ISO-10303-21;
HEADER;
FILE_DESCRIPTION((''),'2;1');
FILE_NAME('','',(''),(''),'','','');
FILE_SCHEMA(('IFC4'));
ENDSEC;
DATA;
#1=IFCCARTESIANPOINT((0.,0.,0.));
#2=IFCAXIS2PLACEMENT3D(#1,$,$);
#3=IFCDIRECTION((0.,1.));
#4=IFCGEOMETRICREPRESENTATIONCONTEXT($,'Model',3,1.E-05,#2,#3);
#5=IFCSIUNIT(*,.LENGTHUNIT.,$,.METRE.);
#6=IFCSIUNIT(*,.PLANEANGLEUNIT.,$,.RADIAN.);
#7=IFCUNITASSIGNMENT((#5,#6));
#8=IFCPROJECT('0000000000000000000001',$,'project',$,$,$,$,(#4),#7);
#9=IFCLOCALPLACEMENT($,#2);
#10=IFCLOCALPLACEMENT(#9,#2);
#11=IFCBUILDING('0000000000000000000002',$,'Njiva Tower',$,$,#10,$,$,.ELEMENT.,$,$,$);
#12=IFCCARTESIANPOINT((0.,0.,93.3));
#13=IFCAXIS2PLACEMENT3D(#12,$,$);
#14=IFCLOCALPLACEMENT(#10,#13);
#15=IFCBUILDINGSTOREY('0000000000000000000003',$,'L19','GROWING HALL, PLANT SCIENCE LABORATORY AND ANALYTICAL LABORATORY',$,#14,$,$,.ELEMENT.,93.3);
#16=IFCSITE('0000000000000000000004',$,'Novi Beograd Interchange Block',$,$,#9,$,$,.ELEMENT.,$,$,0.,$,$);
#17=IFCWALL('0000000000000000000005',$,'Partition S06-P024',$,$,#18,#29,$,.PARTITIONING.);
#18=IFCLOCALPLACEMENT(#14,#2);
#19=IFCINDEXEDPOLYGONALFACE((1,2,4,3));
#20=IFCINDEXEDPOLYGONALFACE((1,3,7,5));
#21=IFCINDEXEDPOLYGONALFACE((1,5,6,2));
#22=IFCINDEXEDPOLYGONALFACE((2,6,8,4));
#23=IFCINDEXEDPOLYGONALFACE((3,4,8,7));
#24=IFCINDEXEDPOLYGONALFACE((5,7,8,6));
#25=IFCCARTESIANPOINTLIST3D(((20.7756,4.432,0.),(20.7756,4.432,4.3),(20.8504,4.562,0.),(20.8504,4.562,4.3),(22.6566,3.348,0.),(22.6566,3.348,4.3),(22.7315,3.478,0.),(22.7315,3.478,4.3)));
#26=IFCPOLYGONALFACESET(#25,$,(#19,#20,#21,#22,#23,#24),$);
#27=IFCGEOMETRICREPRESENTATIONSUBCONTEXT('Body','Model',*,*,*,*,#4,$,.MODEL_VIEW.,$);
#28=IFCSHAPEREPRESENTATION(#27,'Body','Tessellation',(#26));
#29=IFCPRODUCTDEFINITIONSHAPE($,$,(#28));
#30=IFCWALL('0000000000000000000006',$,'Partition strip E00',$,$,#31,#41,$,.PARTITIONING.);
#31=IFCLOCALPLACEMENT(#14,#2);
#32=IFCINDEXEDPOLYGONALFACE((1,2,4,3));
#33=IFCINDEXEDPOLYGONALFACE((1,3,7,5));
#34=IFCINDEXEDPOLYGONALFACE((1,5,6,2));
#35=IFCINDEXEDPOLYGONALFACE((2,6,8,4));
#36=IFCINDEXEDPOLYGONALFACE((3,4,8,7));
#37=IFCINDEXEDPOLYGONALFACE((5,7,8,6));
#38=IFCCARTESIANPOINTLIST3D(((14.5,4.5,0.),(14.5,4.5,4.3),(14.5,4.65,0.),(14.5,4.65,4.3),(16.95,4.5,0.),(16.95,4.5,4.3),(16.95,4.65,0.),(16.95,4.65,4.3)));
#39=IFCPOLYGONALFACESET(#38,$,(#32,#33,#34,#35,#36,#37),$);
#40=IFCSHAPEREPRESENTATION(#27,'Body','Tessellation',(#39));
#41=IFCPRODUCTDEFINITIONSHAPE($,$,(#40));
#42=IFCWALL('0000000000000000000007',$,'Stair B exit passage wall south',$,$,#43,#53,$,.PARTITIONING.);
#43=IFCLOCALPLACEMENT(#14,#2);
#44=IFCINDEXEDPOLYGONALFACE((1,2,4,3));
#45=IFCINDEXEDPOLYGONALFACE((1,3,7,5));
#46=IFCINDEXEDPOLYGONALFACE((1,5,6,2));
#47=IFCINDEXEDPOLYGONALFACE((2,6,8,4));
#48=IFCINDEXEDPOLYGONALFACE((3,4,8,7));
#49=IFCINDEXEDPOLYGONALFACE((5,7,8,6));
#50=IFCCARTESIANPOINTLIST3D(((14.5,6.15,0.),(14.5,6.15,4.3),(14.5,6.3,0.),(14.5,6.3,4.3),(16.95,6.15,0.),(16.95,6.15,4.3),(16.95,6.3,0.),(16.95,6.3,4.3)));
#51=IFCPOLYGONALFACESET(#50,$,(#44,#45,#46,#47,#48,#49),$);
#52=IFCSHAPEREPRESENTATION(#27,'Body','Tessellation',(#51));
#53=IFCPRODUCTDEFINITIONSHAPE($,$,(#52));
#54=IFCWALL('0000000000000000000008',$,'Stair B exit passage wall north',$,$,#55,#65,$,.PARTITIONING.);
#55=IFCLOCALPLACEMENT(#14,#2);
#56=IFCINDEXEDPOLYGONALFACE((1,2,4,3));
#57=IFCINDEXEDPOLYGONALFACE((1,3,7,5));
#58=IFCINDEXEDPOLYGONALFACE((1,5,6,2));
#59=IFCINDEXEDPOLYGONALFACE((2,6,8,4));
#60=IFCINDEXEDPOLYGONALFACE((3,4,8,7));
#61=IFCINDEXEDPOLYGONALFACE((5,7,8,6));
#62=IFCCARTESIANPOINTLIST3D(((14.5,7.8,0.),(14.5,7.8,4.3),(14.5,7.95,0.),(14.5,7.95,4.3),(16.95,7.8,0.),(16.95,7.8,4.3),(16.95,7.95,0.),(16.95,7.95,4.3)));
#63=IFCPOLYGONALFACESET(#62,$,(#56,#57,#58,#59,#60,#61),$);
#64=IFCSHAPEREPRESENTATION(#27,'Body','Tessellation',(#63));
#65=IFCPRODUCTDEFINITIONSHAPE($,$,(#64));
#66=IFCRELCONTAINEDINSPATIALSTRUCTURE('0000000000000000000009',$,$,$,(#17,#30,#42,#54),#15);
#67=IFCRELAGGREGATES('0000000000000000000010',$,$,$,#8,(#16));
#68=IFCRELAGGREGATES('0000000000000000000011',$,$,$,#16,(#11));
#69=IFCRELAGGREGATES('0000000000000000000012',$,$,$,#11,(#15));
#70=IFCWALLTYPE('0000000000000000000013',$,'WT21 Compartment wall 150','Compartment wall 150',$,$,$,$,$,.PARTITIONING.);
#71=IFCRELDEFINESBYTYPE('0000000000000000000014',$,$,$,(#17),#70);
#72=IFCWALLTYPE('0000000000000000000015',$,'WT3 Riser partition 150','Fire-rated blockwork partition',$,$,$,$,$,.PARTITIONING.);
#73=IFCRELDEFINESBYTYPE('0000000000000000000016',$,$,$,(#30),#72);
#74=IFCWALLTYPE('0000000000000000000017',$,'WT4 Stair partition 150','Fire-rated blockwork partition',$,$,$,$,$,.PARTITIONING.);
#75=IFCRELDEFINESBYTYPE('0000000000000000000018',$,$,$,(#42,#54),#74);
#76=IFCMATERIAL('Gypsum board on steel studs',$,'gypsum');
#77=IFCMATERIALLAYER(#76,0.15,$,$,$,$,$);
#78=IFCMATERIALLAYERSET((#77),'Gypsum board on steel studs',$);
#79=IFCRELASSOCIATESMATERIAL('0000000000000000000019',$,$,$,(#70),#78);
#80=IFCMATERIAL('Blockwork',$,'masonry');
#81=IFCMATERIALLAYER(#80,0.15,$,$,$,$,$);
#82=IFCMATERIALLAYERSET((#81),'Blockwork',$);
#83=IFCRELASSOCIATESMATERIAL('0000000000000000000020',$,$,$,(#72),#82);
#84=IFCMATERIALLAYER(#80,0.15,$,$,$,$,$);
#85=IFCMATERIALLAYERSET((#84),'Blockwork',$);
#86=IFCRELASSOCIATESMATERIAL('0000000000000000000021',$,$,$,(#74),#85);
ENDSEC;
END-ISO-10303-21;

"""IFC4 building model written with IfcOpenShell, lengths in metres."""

from ifc_helpers import new_model, si_unit, direction, frame, frame_2d, origin, place, context, subcontext, project, spatial, rectangle, extrude, material, layer, layer_set, type_object, element, save


model = new_model("IFC4")

# Units and contexts
model_context = context("Model", 3, precision=1e-05, world=origin(), true_north=direction((0.0, 1.0)))
body_context = subcontext(model_context, "Body", "Model", "MODEL_VIEW")
ifc_project = project(units=[si_unit("LENGTHUNIT", "METRE"), si_unit("PLANEANGLEUNIT", "RADIAN")], contexts=[model_context])

# Site, building, storey
site_placement = place(None, origin())
site = spatial("IfcSite", under=ifc_project, at=site_placement, Name="Novi Beograd Interchange Block", CompositionType="ELEMENT", RefElevation=0.0)
building_placement = place(site_placement, origin())
building = spatial("IfcBuilding", under=site, at=building_placement, Name="Njiva Tower", CompositionType="ELEMENT")
storey_placement = place(building_placement, frame((0.0, 0.0, 93.3)))
storey = spatial("IfcBuildingStorey", under=building, at=storey_placement, Name="L19", Description="GROWING HALL, PLANT SCIENCE LABORATORY AND ANALYTICAL LABORATORY", CompositionType="ELEMENT", Elevation=93.3)

# Shared definitions
ifc_material_1 = material(Name="Blockwork", Category="masonry")

# Walls
ifc_material_2 = material(Name="Gypsum board on steel studs", Category="gypsum")
ifc_layer_1 = layer(ifc_material_2, 0.15)
ifc_layer_set_1 = layer_set([ifc_layer_1], Name="Gypsum board on steel studs")
wall_type_1 = type_object("IfcWallType", Name="WT21 Compartment wall 150", Description="Compartment wall 150", PredefinedType="PARTITIONING", material=ifc_layer_set_1)
wall_1_placement = place(storey_placement, frame((20.813, 4.497, 0.0), z_axis=(0.0, 0.0, 1.0), x_axis=(0.866423, -0.49931, 0.0)))
element("IfcWall", 1, at=wall_1_placement, inside=storey, type_object=wall_type_1, Name="Partition S06-P024", PredefinedType="PARTITIONING", context=body_context, shape_type="SweptSolid", body=[
    extrude(rectangle(XDim=2.171, YDim=0.15, at=frame_2d((1.0855, 0.0))), origin(), (0.0, 0.0, 1.0), 4.3),
])
ifc_layer_2 = layer(ifc_material_1, 0.15)
ifc_layer_set_2 = layer_set([ifc_layer_2], Name="Blockwork")
wall_type_2 = type_object("IfcWallType", Name="WT3 Riser partition 150", Description="Fire-rated blockwork partition", PredefinedType="PARTITIONING", material=ifc_layer_set_2)
wall_2_placement = place(storey_placement, frame((14.5, 4.575, 0.0), z_axis=(0.0, 0.0, 1.0), x_axis=(1.0, 0.0, 0.0)))
element("IfcWall", 2, at=wall_2_placement, inside=storey, type_object=wall_type_2, Name="Partition strip E00", PredefinedType="PARTITIONING", context=body_context, shape_type="SweptSolid", body=[
    extrude(rectangle(XDim=2.45, YDim=0.15, at=frame_2d((1.225, 0.0))), origin(), (0.0, 0.0, 1.0), 4.3),
])
ifc_layer_3 = layer(ifc_material_1, 0.15)
ifc_layer_set_3 = layer_set([ifc_layer_3], Name="Blockwork")
wall_type_3 = type_object("IfcWallType", Name="WT4 Stair partition 150", Description="Fire-rated blockwork partition", PredefinedType="PARTITIONING", material=ifc_layer_set_3)
for number, where, z_axis, x_axis, name in (
    (3, (14.5, 6.225, 0.0), (0.0, 0.0, 1.0), (1.0, 0.0, 0.0), "Stair B exit passage wall south"),
    (4, (14.5, 7.875, 0.0), (0.0, 0.0, 1.0), (1.0, 0.0, 0.0), "Stair B exit passage wall north"),
):
    element("IfcWall", number, at=place(storey_placement, frame(where, z_axis=z_axis, x_axis=x_axis)), inside=storey, type_object=wall_type_3, Name=name, PredefinedType="PARTITIONING", context=body_context, shape_type="SweptSolid", body=[
        extrude(rectangle(XDim=2.45, YDim=0.15, at=frame_2d((1.225, 0.0))), origin(), (0.0, 0.0, 1.0), 4.3),
    ])

save(model, "model.ifc")
